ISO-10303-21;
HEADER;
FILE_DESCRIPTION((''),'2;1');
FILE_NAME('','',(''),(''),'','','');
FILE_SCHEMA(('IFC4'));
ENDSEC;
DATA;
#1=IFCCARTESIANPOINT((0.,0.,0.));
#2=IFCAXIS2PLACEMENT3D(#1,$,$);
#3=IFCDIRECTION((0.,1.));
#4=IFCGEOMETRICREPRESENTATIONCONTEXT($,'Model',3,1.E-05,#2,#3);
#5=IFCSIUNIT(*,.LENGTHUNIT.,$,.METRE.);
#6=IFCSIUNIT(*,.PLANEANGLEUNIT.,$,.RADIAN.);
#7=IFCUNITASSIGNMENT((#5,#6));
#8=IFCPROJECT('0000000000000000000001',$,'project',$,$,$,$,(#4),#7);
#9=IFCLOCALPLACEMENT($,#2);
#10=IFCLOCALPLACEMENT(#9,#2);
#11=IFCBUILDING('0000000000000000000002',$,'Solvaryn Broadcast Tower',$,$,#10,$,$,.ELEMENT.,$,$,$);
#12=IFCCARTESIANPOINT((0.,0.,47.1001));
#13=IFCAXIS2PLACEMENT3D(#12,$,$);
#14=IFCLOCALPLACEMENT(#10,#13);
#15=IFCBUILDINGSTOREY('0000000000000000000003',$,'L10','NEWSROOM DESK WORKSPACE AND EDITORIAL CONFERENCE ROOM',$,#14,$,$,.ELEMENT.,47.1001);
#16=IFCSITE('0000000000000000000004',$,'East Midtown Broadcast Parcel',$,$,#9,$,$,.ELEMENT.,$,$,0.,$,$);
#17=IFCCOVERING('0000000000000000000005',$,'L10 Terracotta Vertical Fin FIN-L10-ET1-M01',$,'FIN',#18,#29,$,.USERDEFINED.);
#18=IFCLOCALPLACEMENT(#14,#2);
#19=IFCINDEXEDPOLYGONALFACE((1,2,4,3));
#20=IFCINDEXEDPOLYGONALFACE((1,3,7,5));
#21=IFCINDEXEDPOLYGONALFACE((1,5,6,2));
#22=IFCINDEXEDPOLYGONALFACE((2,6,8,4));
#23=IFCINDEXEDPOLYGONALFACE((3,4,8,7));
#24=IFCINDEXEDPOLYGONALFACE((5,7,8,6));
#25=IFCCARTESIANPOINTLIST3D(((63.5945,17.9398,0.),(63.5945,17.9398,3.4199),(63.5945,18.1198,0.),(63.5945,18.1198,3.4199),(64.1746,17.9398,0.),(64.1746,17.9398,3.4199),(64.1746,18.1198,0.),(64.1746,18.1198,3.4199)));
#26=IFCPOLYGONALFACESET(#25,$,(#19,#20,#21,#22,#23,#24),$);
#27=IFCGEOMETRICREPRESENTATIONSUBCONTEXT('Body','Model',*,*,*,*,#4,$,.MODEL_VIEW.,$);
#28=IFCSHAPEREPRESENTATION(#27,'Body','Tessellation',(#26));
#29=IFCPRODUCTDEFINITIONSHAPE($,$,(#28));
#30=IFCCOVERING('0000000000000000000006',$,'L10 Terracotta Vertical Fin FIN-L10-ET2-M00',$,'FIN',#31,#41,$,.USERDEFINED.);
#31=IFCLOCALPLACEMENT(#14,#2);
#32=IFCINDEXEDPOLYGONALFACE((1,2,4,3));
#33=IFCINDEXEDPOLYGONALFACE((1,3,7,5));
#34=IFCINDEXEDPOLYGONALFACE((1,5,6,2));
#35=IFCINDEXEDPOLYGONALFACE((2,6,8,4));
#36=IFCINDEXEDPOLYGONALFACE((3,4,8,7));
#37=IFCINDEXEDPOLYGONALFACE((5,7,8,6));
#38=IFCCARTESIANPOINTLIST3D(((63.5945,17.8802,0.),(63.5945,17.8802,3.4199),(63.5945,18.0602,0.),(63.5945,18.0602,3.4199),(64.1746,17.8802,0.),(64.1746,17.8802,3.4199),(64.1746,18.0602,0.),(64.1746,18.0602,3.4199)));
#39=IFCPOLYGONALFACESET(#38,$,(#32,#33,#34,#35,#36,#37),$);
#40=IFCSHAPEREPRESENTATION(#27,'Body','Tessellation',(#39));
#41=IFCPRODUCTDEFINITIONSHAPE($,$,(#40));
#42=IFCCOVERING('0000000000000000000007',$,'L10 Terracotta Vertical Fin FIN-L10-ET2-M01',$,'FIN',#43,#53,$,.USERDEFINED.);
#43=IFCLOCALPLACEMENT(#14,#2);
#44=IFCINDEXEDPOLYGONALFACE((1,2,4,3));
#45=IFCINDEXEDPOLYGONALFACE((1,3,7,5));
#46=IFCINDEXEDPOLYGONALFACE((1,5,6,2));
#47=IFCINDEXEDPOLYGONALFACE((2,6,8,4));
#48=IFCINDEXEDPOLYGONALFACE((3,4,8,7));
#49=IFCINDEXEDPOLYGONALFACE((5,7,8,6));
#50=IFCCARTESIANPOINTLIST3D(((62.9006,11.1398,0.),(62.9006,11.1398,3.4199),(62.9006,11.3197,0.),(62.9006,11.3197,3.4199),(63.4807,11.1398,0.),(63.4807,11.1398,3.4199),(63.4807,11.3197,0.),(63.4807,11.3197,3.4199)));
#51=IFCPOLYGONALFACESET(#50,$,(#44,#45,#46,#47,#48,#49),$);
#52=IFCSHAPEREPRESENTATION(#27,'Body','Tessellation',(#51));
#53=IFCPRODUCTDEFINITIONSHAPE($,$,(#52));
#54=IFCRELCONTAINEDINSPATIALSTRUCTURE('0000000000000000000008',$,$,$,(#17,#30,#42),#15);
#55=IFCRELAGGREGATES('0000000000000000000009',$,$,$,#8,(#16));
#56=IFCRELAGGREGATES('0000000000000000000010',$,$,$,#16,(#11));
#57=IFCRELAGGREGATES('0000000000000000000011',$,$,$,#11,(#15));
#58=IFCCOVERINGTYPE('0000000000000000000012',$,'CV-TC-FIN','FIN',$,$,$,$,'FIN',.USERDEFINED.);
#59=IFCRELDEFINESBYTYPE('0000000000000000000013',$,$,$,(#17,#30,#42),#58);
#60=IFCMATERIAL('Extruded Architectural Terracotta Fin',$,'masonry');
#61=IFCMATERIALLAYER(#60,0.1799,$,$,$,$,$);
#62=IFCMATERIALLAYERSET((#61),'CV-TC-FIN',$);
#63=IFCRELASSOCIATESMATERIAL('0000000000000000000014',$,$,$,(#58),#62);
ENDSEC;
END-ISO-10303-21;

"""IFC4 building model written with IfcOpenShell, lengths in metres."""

from ifc_helpers import new_model, si_unit, direction, frame, origin, origin_2d, place, context, subcontext, project, spatial, rectangle, extrude, material, layer, layer_set, type_object, element, save


model = new_model("IFC4")

# Units and contexts
model_context = context("Model", 3, precision=1e-05, world=origin(), true_north=direction((0.0, 1.0)))
body_context = subcontext(model_context, "Body", "Model", "MODEL_VIEW")
ifc_project = project(units=[si_unit("LENGTHUNIT", "METRE"), si_unit("PLANEANGLEUNIT", "RADIAN")], contexts=[model_context])

# Site, building, storey
site_placement = place(None, origin())
site = spatial("IfcSite", under=ifc_project, at=site_placement, Name="East Midtown Broadcast Parcel", CompositionType="ELEMENT", RefElevation=0.0)
building_placement = place(site_placement, origin())
building = spatial("IfcBuilding", under=site, at=building_placement, Name="Solvaryn Broadcast Tower", CompositionType="ELEMENT")
storey_placement = place(building_placement, frame((0.0, 0.0, 47.1001)))
storey = spatial("IfcBuildingStorey", under=building, at=storey_placement, Name="L10", Description="NEWSROOM DESK WORKSPACE AND EDITORIAL CONFERENCE ROOM", CompositionType="ELEMENT", Elevation=47.1001)

# Coverings
ifc_material_1 = material(Name="Extruded Architectural Terracotta Fin", Category="masonry")
ifc_layer_1 = layer(ifc_material_1, 0.1799)
ifc_layer_set_1 = layer_set([ifc_layer_1], Name="CV-TC-FIN")
covering_type_1 = type_object("IfcCoveringType", Name="CV-TC-FIN", Description="FIN", ElementType="FIN", PredefinedType="USERDEFINED", material=ifc_layer_set_1)
for number, where, z_axis, x_axis, name in (
    (1, (63.8845, 18.0298, 0.0), (0.0, 0.0, 1.0), (1.0, 0.0, 0.0), "L10 Terracotta Vertical Fin FIN-L10-ET1-M01"),
    (2, (63.8845, 17.9702, 0.0), (0.0, 0.0, 1.0), (1.0, 0.0, 0.0), "L10 Terracotta Vertical Fin FIN-L10-ET2-M00"),
    (3, (63.1907, 11.2297, 0.0), (0.0, 0.0, 1.0), (1.0, 0.0, 0.0), "L10 Terracotta Vertical Fin FIN-L10-ET2-M01"),
):
    element("IfcCovering", number, at=place(storey_placement, frame(where, z_axis=z_axis, x_axis=x_axis)), inside=storey, type_object=covering_type_1, Name=name, ObjectType="FIN", PredefinedType="USERDEFINED", context=body_context, shape_type="SweptSolid", body=[
        extrude(rectangle(XDim=0.5801, YDim=0.1799, at=origin_2d()), origin(), (0.0, 0.0, 1.0), 3.4199),
    ])

save(model, "model.ifc")
